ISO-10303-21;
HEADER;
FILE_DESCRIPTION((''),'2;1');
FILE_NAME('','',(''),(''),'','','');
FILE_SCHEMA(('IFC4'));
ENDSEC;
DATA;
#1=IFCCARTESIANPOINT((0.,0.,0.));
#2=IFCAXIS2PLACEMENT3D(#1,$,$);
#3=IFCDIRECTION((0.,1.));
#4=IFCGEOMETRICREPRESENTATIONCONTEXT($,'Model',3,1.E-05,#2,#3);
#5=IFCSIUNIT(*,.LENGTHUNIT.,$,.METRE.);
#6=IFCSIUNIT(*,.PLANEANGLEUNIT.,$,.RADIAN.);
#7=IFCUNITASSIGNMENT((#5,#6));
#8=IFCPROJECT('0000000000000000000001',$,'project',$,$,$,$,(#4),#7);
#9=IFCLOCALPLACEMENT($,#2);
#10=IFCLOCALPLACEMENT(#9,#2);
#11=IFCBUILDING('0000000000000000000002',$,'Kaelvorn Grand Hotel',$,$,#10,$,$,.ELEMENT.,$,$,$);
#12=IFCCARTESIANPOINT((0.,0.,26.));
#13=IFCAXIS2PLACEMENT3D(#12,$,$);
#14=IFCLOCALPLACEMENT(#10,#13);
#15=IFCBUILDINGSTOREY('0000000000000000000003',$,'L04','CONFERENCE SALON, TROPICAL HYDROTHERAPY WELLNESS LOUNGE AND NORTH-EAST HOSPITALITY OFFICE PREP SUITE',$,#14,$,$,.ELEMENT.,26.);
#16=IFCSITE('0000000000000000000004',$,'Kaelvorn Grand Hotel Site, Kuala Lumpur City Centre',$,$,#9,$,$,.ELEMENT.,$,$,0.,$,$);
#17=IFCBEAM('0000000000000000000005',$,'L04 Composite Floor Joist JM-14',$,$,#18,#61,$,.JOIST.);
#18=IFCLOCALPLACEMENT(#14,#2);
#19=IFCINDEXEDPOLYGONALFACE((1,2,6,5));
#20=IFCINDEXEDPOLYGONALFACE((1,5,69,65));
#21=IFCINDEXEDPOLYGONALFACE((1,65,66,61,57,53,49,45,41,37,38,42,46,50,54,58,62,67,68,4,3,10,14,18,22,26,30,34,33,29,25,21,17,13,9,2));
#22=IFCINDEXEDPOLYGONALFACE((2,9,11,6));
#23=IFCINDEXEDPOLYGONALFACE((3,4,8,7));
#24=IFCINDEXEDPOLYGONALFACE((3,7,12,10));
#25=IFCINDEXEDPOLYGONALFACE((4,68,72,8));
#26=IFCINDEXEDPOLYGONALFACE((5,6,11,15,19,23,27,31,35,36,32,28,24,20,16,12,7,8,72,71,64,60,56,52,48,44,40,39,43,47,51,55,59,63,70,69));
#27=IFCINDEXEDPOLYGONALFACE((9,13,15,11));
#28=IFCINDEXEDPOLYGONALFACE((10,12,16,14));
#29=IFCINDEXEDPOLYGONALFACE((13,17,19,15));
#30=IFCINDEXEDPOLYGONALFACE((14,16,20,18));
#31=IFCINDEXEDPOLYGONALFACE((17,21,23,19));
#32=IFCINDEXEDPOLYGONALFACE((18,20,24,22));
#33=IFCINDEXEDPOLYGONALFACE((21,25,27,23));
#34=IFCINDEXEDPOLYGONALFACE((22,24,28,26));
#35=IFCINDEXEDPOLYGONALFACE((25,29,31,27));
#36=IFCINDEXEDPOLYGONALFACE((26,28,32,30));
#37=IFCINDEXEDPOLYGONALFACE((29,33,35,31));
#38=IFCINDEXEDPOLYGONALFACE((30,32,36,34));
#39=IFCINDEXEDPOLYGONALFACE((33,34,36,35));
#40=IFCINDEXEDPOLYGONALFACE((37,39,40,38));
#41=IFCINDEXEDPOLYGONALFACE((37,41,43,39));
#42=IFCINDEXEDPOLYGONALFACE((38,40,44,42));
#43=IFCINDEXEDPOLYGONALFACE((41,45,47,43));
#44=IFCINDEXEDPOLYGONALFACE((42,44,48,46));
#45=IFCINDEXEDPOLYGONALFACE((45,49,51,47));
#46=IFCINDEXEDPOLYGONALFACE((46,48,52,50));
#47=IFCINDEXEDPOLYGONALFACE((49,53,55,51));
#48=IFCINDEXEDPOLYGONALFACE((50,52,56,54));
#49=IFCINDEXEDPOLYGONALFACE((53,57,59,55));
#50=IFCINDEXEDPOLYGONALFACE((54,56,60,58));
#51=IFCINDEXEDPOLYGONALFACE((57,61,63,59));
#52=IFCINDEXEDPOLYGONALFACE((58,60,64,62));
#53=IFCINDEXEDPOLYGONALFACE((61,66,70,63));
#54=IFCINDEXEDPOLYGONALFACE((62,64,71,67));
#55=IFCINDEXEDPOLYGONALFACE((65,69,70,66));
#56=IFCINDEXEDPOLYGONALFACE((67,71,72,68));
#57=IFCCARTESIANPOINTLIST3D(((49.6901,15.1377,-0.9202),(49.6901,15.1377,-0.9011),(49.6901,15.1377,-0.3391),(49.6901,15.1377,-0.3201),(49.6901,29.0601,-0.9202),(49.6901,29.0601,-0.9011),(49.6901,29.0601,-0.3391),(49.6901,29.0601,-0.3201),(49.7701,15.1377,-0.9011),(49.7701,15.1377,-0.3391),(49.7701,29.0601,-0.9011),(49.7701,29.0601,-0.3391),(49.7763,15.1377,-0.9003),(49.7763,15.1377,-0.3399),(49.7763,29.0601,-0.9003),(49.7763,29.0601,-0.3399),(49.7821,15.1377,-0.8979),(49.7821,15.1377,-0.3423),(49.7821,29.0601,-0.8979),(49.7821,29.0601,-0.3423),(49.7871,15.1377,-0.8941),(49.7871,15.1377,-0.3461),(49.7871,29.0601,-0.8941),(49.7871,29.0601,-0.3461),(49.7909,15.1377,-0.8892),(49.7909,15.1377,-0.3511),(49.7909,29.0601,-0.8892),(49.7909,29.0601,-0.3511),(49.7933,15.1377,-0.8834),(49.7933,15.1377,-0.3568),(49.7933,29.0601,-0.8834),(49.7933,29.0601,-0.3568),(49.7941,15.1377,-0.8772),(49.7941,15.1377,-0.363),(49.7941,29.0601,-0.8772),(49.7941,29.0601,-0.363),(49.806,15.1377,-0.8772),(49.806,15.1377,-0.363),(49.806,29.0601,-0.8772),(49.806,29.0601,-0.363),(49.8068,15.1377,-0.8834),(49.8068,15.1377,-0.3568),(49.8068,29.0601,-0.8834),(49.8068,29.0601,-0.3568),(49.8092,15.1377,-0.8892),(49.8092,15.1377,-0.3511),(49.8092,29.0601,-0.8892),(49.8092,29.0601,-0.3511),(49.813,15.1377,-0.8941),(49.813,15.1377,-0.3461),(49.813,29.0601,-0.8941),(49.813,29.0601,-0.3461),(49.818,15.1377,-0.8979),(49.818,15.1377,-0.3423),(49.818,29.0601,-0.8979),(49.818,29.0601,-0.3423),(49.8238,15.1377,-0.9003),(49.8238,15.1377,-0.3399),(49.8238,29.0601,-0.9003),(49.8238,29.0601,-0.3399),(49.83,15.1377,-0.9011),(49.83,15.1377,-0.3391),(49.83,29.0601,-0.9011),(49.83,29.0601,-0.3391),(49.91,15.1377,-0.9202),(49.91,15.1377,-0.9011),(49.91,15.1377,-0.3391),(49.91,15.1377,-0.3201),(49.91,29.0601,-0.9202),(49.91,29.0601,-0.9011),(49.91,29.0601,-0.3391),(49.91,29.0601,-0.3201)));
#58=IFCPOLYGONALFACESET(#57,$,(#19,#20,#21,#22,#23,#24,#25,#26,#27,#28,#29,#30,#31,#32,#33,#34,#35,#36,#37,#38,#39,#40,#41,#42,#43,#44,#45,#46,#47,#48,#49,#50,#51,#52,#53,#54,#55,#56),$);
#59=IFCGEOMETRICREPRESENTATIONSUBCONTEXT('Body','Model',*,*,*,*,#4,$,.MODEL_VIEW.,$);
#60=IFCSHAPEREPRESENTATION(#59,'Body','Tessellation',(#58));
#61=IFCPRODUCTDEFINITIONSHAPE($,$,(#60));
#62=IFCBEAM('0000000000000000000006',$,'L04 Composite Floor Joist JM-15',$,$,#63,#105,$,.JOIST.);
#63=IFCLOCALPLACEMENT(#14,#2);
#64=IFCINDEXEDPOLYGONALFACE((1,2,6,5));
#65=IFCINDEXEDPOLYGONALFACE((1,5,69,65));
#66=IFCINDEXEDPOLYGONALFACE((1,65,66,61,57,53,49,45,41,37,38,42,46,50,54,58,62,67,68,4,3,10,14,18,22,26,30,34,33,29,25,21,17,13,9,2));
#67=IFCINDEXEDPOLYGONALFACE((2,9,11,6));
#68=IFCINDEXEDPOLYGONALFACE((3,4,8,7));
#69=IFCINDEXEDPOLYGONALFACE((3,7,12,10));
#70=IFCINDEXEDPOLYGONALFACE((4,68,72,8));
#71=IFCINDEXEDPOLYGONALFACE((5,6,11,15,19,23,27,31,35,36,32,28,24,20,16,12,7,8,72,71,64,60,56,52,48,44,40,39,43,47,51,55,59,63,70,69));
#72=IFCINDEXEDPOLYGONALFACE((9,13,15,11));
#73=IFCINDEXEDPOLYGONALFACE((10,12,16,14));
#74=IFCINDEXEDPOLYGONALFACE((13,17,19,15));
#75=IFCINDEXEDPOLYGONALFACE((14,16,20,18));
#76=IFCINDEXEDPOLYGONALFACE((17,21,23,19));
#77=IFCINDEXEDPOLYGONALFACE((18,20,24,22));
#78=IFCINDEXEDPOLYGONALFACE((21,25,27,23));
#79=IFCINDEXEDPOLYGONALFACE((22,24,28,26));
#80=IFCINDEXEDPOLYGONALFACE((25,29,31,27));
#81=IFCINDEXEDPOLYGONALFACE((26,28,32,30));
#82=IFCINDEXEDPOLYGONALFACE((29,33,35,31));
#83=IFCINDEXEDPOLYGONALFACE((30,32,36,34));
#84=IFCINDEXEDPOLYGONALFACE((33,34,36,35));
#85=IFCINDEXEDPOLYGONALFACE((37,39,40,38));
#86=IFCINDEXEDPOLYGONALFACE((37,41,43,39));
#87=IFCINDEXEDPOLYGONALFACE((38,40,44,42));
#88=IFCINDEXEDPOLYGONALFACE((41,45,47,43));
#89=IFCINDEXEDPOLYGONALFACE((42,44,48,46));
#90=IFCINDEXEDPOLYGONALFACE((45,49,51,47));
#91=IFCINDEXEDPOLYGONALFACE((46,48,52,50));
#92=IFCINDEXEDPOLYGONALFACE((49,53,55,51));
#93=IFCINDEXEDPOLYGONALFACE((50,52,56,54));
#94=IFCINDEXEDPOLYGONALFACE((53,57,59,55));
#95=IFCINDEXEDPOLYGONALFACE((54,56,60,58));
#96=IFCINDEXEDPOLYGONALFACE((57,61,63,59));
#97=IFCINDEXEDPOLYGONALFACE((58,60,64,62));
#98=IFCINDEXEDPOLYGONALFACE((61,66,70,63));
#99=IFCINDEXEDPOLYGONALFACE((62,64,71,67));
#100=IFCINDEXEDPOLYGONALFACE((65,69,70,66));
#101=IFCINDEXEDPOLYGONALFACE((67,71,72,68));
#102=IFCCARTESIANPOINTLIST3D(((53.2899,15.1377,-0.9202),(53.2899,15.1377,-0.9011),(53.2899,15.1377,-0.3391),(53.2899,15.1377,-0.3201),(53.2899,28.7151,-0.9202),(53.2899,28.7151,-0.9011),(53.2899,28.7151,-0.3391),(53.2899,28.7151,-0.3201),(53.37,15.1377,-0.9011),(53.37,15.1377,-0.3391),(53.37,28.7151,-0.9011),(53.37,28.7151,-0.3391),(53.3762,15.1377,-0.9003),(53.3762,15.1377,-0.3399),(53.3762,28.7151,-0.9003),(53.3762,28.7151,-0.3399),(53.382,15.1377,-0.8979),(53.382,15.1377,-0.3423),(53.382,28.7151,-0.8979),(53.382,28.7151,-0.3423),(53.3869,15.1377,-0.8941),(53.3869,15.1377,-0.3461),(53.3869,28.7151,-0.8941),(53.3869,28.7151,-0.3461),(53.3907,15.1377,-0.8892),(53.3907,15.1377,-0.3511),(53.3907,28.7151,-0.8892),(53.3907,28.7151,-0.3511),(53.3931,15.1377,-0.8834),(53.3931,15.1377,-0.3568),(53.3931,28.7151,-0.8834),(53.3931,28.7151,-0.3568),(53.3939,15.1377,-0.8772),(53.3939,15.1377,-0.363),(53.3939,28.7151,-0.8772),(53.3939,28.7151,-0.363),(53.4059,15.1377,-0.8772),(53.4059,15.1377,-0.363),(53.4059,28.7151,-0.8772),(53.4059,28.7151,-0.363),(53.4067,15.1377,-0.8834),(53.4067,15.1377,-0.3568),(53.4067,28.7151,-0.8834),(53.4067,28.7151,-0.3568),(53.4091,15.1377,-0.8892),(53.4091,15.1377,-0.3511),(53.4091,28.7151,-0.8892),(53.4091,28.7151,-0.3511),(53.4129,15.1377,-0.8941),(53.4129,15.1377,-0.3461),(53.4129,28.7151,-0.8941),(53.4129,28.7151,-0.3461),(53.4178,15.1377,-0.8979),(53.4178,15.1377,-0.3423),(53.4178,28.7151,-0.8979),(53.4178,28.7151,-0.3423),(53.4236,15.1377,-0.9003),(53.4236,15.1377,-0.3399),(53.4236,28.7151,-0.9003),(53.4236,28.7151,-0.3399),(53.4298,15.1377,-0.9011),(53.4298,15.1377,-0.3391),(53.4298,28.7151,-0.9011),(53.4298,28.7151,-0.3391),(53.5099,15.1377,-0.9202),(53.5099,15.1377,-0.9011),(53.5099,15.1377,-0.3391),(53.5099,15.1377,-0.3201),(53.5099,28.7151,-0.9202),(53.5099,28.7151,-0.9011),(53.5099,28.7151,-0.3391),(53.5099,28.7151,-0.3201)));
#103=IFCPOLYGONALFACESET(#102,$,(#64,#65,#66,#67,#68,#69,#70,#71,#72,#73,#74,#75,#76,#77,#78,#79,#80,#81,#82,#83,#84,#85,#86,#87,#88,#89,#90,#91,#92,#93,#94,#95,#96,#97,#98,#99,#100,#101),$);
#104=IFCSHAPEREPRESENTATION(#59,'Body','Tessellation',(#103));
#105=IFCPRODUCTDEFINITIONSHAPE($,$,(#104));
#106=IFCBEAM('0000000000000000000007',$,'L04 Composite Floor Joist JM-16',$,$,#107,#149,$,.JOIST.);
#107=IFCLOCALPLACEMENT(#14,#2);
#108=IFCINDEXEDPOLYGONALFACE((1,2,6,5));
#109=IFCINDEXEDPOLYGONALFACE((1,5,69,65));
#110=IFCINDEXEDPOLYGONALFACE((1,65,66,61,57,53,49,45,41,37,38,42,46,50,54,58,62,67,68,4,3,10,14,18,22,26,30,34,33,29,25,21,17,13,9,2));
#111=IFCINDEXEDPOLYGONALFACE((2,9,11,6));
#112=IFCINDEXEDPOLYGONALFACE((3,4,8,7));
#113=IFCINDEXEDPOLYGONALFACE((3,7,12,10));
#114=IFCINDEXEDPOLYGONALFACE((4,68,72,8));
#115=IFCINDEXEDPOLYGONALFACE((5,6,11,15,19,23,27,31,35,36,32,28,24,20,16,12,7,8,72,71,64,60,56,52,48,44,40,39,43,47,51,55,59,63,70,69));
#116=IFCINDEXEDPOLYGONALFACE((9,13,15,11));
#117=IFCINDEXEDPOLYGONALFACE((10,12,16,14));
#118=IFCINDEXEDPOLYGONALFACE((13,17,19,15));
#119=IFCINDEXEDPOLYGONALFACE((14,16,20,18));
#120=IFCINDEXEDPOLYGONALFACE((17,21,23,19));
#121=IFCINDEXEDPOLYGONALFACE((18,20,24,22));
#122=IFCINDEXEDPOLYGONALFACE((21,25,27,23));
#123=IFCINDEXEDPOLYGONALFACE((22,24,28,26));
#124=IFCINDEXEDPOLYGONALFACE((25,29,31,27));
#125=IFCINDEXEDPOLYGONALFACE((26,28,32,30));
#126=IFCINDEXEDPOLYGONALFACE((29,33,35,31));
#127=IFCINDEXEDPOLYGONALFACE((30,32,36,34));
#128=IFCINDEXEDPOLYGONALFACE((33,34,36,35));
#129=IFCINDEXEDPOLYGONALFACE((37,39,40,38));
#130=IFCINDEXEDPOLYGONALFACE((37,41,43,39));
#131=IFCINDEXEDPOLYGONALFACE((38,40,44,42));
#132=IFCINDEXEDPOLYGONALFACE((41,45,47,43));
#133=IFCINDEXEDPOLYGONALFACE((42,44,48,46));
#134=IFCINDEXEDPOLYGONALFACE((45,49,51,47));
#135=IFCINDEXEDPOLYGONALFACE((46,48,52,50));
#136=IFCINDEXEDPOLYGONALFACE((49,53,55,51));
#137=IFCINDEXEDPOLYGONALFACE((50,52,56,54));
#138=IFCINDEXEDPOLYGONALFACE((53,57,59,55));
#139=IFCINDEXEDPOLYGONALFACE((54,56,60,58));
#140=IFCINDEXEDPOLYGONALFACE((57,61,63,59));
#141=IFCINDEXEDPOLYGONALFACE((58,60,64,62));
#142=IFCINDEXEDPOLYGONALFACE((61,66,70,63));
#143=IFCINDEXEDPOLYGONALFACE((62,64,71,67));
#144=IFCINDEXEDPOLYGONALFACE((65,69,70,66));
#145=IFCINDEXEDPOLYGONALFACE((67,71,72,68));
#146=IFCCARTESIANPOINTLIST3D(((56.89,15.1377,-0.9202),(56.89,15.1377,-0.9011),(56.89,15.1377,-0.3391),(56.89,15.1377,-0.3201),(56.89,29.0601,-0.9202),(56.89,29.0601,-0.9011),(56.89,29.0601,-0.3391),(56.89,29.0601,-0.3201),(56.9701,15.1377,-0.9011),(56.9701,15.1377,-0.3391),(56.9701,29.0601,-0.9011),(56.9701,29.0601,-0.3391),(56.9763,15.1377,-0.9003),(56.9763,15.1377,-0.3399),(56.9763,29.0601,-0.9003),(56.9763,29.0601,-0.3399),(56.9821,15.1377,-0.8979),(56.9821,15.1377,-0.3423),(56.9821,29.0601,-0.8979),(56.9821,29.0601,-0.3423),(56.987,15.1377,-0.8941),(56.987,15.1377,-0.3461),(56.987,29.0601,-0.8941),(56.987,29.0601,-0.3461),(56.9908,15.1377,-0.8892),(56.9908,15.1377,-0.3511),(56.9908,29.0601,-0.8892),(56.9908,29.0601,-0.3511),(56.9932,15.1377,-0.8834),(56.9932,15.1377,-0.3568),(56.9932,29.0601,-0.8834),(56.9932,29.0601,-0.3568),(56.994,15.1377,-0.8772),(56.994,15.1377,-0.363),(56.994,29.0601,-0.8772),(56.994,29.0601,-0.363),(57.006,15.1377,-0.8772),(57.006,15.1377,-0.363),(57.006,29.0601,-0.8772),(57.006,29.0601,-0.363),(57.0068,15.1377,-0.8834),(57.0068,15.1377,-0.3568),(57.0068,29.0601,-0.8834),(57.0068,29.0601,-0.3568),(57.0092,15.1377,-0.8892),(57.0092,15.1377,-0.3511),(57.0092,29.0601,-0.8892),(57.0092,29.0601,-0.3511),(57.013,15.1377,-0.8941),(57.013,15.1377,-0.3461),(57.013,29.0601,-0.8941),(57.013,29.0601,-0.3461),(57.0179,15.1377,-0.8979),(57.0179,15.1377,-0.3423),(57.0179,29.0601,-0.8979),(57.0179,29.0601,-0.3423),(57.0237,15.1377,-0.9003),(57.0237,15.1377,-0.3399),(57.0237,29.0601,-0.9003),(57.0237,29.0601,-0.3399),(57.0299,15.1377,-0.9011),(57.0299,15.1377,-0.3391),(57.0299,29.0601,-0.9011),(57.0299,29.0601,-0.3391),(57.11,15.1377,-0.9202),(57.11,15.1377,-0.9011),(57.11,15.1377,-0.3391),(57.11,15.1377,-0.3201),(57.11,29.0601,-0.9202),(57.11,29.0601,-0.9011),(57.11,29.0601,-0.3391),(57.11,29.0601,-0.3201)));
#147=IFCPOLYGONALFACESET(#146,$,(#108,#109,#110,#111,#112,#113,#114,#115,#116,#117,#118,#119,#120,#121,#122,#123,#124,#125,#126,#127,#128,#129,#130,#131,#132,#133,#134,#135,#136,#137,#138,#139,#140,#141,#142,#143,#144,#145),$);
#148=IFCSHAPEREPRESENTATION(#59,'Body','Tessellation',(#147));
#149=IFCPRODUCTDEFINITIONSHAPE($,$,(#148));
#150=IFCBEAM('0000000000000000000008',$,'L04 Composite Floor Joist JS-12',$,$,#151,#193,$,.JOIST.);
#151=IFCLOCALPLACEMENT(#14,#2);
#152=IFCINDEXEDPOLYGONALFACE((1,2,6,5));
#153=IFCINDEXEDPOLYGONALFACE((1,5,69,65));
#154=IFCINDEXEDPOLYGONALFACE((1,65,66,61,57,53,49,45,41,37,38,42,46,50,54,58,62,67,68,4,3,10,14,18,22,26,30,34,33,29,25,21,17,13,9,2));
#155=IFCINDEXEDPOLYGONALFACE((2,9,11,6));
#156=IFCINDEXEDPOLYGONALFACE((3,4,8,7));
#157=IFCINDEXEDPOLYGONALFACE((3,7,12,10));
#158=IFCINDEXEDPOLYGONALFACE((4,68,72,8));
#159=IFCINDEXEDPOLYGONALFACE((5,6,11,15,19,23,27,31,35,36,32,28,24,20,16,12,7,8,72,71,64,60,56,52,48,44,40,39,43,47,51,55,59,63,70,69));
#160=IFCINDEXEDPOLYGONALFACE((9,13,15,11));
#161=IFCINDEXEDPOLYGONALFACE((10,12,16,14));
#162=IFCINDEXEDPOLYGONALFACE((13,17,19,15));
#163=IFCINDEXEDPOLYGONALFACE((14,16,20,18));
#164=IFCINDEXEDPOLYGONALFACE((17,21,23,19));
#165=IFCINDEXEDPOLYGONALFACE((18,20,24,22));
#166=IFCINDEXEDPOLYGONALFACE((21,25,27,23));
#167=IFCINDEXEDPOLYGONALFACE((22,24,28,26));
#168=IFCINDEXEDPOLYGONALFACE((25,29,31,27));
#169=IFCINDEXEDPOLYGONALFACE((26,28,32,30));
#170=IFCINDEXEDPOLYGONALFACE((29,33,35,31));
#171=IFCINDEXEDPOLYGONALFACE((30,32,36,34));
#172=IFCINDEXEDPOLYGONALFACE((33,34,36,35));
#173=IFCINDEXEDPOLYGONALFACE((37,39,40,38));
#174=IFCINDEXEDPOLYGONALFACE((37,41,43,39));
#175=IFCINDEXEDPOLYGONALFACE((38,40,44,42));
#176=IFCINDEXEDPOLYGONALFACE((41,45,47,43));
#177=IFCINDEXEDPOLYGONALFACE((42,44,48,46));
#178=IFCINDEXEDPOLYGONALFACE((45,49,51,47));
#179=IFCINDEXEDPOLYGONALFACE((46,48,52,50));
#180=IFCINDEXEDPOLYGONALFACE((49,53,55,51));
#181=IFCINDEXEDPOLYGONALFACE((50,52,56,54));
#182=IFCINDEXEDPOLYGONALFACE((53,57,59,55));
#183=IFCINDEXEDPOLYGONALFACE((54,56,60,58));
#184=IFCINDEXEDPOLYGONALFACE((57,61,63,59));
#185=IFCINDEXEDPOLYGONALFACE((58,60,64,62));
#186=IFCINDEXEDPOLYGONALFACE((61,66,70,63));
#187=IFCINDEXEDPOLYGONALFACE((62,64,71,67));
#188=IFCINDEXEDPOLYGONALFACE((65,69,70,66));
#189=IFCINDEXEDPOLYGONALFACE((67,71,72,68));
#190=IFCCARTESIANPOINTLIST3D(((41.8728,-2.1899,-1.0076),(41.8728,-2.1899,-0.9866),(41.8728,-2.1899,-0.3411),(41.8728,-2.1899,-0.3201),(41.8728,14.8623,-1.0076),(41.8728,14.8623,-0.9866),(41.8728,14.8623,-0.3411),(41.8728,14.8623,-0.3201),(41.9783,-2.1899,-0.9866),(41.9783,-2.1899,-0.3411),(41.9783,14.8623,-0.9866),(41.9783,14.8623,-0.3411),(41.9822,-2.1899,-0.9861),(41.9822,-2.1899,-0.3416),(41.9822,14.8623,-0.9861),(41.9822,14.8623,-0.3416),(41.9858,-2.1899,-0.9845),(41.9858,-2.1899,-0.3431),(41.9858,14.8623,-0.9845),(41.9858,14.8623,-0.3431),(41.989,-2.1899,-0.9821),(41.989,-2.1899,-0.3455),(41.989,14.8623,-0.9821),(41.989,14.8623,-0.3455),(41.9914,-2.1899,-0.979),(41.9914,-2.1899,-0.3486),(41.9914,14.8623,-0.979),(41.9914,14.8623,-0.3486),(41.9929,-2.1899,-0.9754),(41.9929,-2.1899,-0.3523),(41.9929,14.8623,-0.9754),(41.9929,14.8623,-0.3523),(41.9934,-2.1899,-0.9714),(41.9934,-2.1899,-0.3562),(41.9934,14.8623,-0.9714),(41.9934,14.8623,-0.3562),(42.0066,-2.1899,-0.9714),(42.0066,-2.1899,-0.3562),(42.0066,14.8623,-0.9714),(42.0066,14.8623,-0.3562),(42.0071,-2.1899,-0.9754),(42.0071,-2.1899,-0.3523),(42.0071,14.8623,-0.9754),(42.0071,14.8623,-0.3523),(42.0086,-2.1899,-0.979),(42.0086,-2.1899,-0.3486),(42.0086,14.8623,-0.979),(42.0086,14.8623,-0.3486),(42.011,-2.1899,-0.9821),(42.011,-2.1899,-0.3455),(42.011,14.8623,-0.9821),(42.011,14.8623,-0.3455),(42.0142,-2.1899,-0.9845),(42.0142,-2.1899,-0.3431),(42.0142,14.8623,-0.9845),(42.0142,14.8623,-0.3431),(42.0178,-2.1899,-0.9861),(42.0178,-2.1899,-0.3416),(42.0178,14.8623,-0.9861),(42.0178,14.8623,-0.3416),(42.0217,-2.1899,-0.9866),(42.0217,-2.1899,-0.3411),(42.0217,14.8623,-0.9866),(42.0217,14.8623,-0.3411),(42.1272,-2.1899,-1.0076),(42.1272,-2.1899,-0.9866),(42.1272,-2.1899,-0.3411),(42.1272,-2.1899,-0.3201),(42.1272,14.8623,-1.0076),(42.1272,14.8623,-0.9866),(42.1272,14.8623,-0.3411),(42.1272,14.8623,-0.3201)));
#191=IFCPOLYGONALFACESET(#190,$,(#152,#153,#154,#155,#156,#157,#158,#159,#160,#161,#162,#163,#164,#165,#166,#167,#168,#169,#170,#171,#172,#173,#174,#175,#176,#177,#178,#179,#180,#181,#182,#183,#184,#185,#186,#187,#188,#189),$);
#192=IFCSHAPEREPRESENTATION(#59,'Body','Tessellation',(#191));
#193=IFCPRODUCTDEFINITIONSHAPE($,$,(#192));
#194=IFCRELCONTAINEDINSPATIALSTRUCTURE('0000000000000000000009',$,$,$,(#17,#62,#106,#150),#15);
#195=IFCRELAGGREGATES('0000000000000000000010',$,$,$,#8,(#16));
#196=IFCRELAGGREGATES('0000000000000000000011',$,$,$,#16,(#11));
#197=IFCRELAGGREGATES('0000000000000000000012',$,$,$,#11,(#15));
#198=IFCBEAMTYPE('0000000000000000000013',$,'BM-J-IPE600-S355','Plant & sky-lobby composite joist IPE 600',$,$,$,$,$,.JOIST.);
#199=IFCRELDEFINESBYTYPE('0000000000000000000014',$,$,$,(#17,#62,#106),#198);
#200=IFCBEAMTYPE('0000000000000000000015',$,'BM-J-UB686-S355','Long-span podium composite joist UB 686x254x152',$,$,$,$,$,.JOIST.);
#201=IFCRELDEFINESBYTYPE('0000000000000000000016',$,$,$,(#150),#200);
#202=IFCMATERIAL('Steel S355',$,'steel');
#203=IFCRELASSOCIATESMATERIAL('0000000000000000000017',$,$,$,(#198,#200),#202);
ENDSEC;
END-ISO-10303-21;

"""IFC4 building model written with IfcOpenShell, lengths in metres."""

from ifc_helpers import new_model, si_unit, direction, frame, origin, origin_2d, place, context, subcontext, project, spatial, i_section, extrude, material, material_profile, profile_set, type_object, element, save


model = new_model("IFC4")

# Units and contexts
model_context = context("Model", 3, precision=1e-05, world=origin(), true_north=direction((0.0, 1.0)))
body_context = subcontext(model_context, "Body", "Model", "MODEL_VIEW")
ifc_project = project(units=[si_unit("LENGTHUNIT", "METRE"), si_unit("PLANEANGLEUNIT", "RADIAN")], contexts=[model_context])

# Site, building, storey
site_placement = place(None, origin())
site = spatial("IfcSite", under=ifc_project, at=site_placement, Name="Kaelvorn Grand Hotel Site, Kuala Lumpur City Centre", CompositionType="ELEMENT", RefElevation=0.0)
building_placement = place(site_placement, origin())
building = spatial("IfcBuilding", under=site, at=building_placement, Name="Kaelvorn Grand Hotel", CompositionType="ELEMENT")
storey_placement = place(building_placement, frame((0.0, 0.0, 26.0)))
storey = spatial("IfcBuildingStorey", under=building, at=storey_placement, Name="L04", Description="CONFERENCE SALON, TROPICAL HYDROTHERAPY WELLNESS LOUNGE AND NORTH-EAST HOSPITALITY OFFICE PREP SUITE", CompositionType="ELEMENT", Elevation=26.0)

# Beams
ifc_material_1 = material(Name="Steel S355", Category="steel")
ifc_material_profile_1 = material_profile(ifc_material_1, i_section(OverallWidth=0.22, OverallDepth=0.6001, WebThickness=0.012, FlangeThickness=0.019, FilletRadius=0.0239, at=origin_2d()), Name="IPE 600")
ifc_profile_set_1 = profile_set([ifc_material_profile_1], Name="Steel S355")
beam_type_1 = type_object("IfcBeamType", Name="BM-J-IPE600-S355", Description="Plant & sky-lobby composite joist IPE 600", PredefinedType="JOIST", material=ifc_profile_set_1)
beam_1_placement = place(storey_placement, frame((49.8, 15.1377, -0.6201), z_axis=(0.0, 1.0, 0.0), x_axis=(-1.0, 0.0, 0.0)))
element("IfcBeam", 1, at=beam_1_placement, inside=storey, type_object=beam_type_1, Name="L04 Composite Floor Joist JM-14", PredefinedType="JOIST", context=body_context, shape_type="SweptSolid", body=[
    extrude(i_section(OverallWidth=0.22, OverallDepth=0.6001, WebThickness=0.012, FlangeThickness=0.019, FilletRadius=0.0239, at=origin_2d()), origin(), (0.0, 0.0, 1.0), 13.9224),
])
beam_2_placement = place(storey_placement, frame((53.3999, 15.1377, -0.6201), z_axis=(0.0, 1.0, 0.0), x_axis=(-1.0, 0.0, 0.0)))
element("IfcBeam", 2, at=beam_2_placement, inside=storey, type_object=beam_type_1, Name="L04 Composite Floor Joist JM-15", PredefinedType="JOIST", context=body_context, shape_type="SweptSolid", body=[
    extrude(i_section(OverallWidth=0.22, OverallDepth=0.6001, WebThickness=0.012, FlangeThickness=0.019, FilletRadius=0.0239, at=origin_2d()), origin(), (0.0, 0.0, 1.0), 13.5774),
])
beam_3_placement = place(storey_placement, frame((57.0, 15.1377, -0.6201), z_axis=(0.0, 1.0, 0.0), x_axis=(-1.0, 0.0, 0.0)))
element("IfcBeam", 3, at=beam_3_placement, inside=storey, type_object=beam_type_1, Name="L04 Composite Floor Joist JM-16", PredefinedType="JOIST", context=body_context, shape_type="SweptSolid", body=[
    extrude(i_section(OverallWidth=0.22, OverallDepth=0.6001, WebThickness=0.012, FlangeThickness=0.019, FilletRadius=0.0239, at=origin_2d()), origin(), (0.0, 0.0, 1.0), 13.9224),
])
ifc_material_profile_2 = material_profile(ifc_material_1, i_section(OverallWidth=0.2544, OverallDepth=0.6875, WebThickness=0.0132, FlangeThickness=0.021, FilletRadius=0.0151, at=origin_2d()), Name="UB 686x254x152")
ifc_profile_set_2 = profile_set([ifc_material_profile_2], Name="Steel S355")
beam_type_2 = type_object("IfcBeamType", Name="BM-J-UB686-S355", Description="Long-span podium composite joist UB 686x254x152", PredefinedType="JOIST", material=ifc_profile_set_2)
beam_4_placement = place(storey_placement, frame((42.0, -2.1899, -0.6638), z_axis=(0.0, 1.0, 0.0), x_axis=(-1.0, 0.0, 0.0)))
element("IfcBeam", 4, at=beam_4_placement, inside=storey, type_object=beam_type_2, Name="L04 Composite Floor Joist JS-12", PredefinedType="JOIST", context=body_context, shape_type="SweptSolid", body=[
    extrude(i_section(OverallWidth=0.2544, OverallDepth=0.6875, WebThickness=0.0132, FlangeThickness=0.021, FilletRadius=0.0151, at=origin_2d()), origin(), (0.0, 0.0, 1.0), 17.0522),
])

save(model, "model.ifc")
